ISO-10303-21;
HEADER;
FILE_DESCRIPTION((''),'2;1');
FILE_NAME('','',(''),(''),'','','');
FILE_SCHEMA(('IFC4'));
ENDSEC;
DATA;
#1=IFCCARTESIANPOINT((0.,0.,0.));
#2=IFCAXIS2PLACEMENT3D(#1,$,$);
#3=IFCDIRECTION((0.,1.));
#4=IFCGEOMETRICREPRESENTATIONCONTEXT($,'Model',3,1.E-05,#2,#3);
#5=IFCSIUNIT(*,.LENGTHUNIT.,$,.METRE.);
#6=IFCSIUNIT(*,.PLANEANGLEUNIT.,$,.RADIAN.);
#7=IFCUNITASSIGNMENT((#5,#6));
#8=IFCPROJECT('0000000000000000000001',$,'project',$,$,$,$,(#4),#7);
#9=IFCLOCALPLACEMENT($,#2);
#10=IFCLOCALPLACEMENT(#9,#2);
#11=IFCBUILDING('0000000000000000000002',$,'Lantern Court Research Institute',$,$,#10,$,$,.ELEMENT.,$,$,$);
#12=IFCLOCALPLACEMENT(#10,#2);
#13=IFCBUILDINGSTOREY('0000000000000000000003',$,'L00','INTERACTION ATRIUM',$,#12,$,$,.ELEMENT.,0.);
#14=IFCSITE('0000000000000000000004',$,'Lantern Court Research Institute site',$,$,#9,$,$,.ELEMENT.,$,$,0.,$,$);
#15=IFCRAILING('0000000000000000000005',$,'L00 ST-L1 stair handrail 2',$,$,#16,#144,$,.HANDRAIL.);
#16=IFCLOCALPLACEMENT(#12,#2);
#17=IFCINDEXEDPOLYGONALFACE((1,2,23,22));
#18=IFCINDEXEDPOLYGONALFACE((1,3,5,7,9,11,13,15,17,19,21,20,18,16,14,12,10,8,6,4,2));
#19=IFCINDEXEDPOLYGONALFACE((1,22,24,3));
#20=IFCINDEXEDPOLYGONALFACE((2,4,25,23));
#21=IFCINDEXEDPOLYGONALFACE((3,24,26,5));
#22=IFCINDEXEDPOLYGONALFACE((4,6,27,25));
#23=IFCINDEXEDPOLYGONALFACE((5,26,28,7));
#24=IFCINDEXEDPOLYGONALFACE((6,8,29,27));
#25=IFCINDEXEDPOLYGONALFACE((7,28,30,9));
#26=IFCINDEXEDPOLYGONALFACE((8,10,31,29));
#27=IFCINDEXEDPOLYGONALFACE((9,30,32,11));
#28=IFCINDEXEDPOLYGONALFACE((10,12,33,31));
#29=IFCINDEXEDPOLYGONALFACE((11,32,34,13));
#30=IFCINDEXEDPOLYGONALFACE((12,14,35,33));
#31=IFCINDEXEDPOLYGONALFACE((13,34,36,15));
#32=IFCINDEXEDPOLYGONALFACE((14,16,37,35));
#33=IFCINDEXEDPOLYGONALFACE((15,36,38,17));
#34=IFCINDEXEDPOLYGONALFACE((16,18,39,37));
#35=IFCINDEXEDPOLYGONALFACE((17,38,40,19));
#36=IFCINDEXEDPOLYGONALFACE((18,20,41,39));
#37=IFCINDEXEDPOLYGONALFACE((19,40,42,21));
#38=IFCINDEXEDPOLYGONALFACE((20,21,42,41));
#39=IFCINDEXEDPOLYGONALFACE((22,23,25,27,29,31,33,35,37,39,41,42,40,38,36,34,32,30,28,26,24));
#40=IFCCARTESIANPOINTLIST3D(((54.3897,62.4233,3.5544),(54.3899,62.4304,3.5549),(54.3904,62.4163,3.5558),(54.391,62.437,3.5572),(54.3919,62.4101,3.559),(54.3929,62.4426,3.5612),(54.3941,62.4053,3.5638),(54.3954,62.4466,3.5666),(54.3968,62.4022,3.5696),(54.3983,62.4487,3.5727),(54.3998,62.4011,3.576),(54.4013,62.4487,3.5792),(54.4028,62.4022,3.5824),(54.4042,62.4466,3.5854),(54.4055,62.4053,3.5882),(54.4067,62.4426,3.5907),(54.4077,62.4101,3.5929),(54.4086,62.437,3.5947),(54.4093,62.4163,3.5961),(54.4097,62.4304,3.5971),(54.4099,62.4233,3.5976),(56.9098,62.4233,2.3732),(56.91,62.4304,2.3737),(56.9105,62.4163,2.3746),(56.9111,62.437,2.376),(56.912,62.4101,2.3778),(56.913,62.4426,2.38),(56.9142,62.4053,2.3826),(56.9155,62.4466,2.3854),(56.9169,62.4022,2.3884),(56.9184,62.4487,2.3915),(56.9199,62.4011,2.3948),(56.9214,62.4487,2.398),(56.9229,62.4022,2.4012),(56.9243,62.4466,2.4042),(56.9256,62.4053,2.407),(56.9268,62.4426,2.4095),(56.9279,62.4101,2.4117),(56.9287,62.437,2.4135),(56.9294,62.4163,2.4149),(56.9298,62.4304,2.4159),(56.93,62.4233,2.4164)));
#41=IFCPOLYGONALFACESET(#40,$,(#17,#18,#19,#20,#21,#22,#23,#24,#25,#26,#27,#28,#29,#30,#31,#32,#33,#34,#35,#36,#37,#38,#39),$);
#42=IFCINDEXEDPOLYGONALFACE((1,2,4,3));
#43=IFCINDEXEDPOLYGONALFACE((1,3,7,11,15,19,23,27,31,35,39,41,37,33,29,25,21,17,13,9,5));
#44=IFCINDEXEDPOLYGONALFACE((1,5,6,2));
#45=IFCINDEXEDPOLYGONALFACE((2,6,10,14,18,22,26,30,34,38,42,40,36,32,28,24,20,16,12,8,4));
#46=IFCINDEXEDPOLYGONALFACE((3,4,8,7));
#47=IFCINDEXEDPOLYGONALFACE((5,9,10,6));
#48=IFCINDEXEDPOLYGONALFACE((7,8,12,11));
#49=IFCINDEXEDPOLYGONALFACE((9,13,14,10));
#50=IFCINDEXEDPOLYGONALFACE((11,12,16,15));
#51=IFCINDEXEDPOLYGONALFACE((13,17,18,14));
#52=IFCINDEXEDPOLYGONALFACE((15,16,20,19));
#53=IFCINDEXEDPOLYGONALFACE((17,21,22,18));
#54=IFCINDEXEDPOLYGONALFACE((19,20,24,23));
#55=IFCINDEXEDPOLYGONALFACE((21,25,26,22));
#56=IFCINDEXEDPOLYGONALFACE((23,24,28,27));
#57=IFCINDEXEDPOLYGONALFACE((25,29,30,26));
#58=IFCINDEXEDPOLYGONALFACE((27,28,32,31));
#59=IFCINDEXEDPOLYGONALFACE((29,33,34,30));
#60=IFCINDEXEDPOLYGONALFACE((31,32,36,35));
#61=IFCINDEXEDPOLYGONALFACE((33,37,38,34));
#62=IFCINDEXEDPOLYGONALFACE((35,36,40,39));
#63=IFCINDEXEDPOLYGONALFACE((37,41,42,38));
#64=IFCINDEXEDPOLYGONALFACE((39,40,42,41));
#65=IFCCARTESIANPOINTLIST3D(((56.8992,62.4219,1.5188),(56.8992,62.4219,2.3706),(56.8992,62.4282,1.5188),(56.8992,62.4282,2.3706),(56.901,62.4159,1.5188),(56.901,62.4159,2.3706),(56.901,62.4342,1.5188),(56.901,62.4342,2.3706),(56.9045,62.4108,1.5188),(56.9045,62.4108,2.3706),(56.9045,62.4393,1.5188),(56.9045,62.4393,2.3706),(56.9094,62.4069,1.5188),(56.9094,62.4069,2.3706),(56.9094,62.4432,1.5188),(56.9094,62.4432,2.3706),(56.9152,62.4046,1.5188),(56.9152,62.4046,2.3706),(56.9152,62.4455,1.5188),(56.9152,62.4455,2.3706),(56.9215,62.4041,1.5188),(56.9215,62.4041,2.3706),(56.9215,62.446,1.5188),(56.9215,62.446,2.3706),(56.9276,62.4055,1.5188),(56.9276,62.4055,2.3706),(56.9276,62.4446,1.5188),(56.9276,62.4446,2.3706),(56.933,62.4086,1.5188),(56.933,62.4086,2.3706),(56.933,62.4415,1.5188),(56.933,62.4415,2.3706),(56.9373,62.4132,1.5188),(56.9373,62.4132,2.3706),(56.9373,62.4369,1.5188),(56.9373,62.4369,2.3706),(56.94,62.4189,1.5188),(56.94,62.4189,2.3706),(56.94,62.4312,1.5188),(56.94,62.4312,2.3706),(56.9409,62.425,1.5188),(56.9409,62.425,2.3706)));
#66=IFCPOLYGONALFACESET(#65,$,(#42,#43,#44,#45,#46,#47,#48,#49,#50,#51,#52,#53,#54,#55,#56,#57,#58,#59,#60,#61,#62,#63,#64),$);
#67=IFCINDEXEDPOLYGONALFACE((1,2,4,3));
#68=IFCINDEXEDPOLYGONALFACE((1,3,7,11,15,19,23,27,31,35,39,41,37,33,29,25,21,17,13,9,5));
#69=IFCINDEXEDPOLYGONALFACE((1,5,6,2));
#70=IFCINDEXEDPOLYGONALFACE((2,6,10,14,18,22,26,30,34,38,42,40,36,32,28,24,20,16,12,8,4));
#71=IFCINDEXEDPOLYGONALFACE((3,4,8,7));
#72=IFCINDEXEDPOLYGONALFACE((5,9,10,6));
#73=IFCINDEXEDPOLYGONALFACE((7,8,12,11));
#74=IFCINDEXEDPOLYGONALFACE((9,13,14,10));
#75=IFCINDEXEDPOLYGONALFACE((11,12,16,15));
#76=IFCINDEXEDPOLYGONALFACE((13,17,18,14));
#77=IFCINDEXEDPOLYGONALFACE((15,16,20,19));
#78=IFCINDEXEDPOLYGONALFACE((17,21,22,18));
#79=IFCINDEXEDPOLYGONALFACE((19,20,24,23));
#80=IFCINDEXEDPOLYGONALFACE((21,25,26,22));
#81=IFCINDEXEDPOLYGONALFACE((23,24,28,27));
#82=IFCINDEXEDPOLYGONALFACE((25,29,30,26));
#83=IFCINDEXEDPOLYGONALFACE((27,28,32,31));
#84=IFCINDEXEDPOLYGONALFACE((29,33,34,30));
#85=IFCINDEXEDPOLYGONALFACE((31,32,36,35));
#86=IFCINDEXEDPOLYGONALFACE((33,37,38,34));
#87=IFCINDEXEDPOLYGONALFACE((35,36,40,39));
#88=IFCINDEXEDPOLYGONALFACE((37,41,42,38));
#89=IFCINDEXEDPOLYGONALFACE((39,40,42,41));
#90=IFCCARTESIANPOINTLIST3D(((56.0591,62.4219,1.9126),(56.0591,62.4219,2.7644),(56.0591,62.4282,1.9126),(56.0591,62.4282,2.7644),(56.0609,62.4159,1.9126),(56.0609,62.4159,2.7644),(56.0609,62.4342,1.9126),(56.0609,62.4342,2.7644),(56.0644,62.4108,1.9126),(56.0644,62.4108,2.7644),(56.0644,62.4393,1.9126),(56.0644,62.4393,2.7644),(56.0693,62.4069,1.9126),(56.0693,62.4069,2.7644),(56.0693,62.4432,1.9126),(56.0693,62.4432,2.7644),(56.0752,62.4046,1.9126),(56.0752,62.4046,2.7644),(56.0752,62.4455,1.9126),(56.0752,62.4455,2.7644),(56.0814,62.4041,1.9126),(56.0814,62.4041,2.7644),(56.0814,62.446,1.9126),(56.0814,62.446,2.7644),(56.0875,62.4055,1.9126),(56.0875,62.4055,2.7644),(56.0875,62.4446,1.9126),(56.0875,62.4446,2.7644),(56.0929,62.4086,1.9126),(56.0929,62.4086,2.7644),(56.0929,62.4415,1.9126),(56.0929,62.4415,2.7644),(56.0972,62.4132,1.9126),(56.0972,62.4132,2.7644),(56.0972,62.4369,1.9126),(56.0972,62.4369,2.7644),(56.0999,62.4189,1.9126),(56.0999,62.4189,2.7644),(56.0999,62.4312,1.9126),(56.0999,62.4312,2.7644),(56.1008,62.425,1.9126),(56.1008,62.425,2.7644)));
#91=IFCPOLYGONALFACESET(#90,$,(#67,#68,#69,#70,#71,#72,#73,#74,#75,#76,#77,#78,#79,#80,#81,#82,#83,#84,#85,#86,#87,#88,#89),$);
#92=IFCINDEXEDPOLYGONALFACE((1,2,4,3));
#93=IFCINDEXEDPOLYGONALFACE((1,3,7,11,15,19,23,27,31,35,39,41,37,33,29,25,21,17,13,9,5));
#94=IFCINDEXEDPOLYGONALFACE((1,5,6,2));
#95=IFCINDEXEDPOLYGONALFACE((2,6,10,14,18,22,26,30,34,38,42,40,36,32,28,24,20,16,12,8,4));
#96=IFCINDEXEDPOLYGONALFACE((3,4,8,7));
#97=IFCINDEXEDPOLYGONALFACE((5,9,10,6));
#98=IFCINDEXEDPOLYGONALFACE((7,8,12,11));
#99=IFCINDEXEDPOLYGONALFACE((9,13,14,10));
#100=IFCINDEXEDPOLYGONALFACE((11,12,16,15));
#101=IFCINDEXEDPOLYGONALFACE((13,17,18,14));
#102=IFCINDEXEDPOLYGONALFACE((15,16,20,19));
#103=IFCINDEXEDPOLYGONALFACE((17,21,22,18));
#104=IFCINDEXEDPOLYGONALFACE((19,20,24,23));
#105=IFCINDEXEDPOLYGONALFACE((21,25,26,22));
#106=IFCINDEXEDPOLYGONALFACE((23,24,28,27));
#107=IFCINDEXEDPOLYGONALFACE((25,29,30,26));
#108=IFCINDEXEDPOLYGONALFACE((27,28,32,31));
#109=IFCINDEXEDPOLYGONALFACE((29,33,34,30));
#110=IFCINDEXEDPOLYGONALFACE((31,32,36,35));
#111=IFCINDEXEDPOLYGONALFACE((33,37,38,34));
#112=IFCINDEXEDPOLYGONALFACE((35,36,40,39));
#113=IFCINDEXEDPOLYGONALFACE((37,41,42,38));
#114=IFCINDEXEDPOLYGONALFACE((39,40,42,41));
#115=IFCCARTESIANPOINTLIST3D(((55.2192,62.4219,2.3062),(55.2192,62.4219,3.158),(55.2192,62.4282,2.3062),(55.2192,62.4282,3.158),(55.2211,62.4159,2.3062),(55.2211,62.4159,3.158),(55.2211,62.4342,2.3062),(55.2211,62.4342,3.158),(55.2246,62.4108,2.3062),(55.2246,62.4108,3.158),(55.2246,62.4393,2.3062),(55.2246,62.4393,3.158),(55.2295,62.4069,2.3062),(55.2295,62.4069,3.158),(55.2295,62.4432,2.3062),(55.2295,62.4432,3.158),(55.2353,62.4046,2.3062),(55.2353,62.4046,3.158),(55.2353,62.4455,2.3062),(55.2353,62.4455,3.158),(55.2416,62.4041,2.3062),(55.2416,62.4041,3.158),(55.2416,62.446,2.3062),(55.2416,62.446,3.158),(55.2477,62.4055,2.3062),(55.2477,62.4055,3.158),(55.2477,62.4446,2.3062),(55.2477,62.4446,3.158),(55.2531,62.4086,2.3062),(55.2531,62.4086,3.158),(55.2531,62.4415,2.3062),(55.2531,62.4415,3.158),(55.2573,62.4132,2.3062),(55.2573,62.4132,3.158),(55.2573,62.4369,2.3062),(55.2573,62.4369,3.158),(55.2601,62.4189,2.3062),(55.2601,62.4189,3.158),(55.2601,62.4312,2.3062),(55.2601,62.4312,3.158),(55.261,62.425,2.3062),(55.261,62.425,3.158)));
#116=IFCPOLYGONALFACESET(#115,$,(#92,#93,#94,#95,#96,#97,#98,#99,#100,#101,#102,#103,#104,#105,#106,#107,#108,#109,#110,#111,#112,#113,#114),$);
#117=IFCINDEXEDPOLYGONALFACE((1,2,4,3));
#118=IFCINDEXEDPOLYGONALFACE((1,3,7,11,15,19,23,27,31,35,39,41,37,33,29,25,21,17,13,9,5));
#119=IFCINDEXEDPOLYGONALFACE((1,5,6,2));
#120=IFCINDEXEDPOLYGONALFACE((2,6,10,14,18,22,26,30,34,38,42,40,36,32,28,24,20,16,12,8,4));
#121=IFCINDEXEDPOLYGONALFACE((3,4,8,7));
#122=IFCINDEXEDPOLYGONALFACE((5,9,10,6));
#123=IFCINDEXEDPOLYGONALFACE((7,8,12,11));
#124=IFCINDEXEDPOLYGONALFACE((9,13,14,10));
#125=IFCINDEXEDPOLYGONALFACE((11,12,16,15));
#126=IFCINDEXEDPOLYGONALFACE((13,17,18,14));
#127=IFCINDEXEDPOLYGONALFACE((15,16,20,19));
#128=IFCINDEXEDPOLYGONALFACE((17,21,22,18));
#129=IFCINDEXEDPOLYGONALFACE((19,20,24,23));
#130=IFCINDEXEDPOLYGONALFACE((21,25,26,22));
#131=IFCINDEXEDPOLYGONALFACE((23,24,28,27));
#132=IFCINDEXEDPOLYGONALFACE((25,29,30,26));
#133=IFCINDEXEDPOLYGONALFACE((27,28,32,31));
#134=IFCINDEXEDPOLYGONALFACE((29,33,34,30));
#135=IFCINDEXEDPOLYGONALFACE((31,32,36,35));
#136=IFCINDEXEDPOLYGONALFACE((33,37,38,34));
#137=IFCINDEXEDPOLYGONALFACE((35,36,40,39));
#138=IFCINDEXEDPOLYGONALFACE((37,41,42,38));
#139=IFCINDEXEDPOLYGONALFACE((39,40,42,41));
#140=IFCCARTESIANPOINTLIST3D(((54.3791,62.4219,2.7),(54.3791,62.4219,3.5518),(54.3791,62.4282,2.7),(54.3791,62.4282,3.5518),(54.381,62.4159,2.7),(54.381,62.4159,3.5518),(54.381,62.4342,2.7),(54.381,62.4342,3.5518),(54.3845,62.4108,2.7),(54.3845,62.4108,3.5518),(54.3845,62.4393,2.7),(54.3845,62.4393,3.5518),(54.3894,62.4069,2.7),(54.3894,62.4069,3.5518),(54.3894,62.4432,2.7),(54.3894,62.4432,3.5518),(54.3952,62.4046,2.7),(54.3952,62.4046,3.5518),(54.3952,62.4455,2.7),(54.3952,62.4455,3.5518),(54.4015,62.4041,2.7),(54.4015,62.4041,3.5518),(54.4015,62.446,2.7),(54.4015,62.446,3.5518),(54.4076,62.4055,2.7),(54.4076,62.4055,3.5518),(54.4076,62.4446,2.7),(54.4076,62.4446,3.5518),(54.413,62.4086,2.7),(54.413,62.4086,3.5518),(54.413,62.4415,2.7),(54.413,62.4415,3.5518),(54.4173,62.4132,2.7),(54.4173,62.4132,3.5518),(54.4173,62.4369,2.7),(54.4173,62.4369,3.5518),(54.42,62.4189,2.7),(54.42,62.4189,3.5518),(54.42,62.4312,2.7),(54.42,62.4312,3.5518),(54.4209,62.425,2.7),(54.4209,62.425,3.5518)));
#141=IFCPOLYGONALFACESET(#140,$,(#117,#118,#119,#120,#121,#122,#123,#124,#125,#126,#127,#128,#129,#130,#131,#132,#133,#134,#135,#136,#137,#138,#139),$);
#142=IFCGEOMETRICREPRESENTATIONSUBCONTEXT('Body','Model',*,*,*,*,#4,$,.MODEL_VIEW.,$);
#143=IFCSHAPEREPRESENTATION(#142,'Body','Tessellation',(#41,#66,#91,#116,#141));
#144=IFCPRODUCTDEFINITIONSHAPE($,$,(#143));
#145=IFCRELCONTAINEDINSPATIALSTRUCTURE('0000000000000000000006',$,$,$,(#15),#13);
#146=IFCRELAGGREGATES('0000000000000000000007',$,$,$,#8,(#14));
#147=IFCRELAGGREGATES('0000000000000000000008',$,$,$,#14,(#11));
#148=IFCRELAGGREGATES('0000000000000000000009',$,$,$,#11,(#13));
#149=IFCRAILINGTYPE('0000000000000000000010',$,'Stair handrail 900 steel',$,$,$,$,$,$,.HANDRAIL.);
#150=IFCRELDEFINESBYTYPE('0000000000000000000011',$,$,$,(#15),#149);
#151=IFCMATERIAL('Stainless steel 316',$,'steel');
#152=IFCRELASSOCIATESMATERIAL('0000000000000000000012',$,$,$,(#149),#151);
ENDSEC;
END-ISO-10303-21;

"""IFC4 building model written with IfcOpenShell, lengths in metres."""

from ifc_helpers import new_model, si_unit, direction, frame, origin, origin_2d, place, context, subcontext, project, spatial, circle, extrude, material, type_object, element, save


model = new_model("IFC4")

# Units and contexts
model_context = context("Model", 3, precision=1e-05, world=origin(), true_north=direction((0.0, 1.0)))
body_context = subcontext(model_context, "Body", "Model", "MODEL_VIEW")
ifc_project = project(units=[si_unit("LENGTHUNIT", "METRE"), si_unit("PLANEANGLEUNIT", "RADIAN")], contexts=[model_context])

# Site, building, storey
site_placement = place(None, origin())
site = spatial("IfcSite", under=ifc_project, at=site_placement, Name="Lantern Court Research Institute site", CompositionType="ELEMENT", RefElevation=0.0)
building_placement = place(site_placement, origin())
building = spatial("IfcBuilding", under=site, at=building_placement, Name="Lantern Court Research Institute", CompositionType="ELEMENT")
storey_placement = place(building_placement, origin())
storey = spatial("IfcBuildingStorey", under=building, at=storey_placement, Name="L00", Description="INTERACTION ATRIUM", CompositionType="ELEMENT", Elevation=0.0)

# Railing
ifc_material_1 = material(Name="Stainless steel 316", Category="steel")
railing_type_1 = type_object("IfcRailingType", Name="Stair handrail 900 steel", PredefinedType="HANDRAIL", material=ifc_material_1)
for number, where, name in (
    (1, (56.9199, 62.425, 1.5188), "L00 ST-L1 stair handrail 2"),
):
    element("IfcRailing", number, at=place(storey_placement, frame(where)), inside=storey, type_object=railing_type_1, Name=name, PredefinedType="HANDRAIL", context=body_context, shape_type="SweptSolid", body=[
        extrude(circle(Radius=0.0239, at=origin_2d()), frame((0.0, 0.0, 0.876), z_axis=(-0.905474, 0.0, 0.424402), x_axis=(0.0, -1.0, 0.0)), (0.0, 0.0, 1.0), 2.7832),
        extrude(circle(Radius=0.021, at=origin_2d()), origin(), (0.0, 0.0, 1.0), 0.8518),
        extrude(circle(Radius=0.021, at=origin_2d()), frame((-0.8401, 0.0, 0.3938)), (0.0, 0.0, 1.0), 0.8518),
        extrude(circle(Radius=0.021, at=origin_2d()), frame((-1.6799, 0.0, 0.7874)), (0.0, 0.0, 1.0), 0.8518),
        extrude(circle(Radius=0.021, at=origin_2d()), frame((-2.52, 0.0, 1.1812)), (0.0, 0.0, 1.0), 0.8518),
    ])

save(model, "model.ifc")
